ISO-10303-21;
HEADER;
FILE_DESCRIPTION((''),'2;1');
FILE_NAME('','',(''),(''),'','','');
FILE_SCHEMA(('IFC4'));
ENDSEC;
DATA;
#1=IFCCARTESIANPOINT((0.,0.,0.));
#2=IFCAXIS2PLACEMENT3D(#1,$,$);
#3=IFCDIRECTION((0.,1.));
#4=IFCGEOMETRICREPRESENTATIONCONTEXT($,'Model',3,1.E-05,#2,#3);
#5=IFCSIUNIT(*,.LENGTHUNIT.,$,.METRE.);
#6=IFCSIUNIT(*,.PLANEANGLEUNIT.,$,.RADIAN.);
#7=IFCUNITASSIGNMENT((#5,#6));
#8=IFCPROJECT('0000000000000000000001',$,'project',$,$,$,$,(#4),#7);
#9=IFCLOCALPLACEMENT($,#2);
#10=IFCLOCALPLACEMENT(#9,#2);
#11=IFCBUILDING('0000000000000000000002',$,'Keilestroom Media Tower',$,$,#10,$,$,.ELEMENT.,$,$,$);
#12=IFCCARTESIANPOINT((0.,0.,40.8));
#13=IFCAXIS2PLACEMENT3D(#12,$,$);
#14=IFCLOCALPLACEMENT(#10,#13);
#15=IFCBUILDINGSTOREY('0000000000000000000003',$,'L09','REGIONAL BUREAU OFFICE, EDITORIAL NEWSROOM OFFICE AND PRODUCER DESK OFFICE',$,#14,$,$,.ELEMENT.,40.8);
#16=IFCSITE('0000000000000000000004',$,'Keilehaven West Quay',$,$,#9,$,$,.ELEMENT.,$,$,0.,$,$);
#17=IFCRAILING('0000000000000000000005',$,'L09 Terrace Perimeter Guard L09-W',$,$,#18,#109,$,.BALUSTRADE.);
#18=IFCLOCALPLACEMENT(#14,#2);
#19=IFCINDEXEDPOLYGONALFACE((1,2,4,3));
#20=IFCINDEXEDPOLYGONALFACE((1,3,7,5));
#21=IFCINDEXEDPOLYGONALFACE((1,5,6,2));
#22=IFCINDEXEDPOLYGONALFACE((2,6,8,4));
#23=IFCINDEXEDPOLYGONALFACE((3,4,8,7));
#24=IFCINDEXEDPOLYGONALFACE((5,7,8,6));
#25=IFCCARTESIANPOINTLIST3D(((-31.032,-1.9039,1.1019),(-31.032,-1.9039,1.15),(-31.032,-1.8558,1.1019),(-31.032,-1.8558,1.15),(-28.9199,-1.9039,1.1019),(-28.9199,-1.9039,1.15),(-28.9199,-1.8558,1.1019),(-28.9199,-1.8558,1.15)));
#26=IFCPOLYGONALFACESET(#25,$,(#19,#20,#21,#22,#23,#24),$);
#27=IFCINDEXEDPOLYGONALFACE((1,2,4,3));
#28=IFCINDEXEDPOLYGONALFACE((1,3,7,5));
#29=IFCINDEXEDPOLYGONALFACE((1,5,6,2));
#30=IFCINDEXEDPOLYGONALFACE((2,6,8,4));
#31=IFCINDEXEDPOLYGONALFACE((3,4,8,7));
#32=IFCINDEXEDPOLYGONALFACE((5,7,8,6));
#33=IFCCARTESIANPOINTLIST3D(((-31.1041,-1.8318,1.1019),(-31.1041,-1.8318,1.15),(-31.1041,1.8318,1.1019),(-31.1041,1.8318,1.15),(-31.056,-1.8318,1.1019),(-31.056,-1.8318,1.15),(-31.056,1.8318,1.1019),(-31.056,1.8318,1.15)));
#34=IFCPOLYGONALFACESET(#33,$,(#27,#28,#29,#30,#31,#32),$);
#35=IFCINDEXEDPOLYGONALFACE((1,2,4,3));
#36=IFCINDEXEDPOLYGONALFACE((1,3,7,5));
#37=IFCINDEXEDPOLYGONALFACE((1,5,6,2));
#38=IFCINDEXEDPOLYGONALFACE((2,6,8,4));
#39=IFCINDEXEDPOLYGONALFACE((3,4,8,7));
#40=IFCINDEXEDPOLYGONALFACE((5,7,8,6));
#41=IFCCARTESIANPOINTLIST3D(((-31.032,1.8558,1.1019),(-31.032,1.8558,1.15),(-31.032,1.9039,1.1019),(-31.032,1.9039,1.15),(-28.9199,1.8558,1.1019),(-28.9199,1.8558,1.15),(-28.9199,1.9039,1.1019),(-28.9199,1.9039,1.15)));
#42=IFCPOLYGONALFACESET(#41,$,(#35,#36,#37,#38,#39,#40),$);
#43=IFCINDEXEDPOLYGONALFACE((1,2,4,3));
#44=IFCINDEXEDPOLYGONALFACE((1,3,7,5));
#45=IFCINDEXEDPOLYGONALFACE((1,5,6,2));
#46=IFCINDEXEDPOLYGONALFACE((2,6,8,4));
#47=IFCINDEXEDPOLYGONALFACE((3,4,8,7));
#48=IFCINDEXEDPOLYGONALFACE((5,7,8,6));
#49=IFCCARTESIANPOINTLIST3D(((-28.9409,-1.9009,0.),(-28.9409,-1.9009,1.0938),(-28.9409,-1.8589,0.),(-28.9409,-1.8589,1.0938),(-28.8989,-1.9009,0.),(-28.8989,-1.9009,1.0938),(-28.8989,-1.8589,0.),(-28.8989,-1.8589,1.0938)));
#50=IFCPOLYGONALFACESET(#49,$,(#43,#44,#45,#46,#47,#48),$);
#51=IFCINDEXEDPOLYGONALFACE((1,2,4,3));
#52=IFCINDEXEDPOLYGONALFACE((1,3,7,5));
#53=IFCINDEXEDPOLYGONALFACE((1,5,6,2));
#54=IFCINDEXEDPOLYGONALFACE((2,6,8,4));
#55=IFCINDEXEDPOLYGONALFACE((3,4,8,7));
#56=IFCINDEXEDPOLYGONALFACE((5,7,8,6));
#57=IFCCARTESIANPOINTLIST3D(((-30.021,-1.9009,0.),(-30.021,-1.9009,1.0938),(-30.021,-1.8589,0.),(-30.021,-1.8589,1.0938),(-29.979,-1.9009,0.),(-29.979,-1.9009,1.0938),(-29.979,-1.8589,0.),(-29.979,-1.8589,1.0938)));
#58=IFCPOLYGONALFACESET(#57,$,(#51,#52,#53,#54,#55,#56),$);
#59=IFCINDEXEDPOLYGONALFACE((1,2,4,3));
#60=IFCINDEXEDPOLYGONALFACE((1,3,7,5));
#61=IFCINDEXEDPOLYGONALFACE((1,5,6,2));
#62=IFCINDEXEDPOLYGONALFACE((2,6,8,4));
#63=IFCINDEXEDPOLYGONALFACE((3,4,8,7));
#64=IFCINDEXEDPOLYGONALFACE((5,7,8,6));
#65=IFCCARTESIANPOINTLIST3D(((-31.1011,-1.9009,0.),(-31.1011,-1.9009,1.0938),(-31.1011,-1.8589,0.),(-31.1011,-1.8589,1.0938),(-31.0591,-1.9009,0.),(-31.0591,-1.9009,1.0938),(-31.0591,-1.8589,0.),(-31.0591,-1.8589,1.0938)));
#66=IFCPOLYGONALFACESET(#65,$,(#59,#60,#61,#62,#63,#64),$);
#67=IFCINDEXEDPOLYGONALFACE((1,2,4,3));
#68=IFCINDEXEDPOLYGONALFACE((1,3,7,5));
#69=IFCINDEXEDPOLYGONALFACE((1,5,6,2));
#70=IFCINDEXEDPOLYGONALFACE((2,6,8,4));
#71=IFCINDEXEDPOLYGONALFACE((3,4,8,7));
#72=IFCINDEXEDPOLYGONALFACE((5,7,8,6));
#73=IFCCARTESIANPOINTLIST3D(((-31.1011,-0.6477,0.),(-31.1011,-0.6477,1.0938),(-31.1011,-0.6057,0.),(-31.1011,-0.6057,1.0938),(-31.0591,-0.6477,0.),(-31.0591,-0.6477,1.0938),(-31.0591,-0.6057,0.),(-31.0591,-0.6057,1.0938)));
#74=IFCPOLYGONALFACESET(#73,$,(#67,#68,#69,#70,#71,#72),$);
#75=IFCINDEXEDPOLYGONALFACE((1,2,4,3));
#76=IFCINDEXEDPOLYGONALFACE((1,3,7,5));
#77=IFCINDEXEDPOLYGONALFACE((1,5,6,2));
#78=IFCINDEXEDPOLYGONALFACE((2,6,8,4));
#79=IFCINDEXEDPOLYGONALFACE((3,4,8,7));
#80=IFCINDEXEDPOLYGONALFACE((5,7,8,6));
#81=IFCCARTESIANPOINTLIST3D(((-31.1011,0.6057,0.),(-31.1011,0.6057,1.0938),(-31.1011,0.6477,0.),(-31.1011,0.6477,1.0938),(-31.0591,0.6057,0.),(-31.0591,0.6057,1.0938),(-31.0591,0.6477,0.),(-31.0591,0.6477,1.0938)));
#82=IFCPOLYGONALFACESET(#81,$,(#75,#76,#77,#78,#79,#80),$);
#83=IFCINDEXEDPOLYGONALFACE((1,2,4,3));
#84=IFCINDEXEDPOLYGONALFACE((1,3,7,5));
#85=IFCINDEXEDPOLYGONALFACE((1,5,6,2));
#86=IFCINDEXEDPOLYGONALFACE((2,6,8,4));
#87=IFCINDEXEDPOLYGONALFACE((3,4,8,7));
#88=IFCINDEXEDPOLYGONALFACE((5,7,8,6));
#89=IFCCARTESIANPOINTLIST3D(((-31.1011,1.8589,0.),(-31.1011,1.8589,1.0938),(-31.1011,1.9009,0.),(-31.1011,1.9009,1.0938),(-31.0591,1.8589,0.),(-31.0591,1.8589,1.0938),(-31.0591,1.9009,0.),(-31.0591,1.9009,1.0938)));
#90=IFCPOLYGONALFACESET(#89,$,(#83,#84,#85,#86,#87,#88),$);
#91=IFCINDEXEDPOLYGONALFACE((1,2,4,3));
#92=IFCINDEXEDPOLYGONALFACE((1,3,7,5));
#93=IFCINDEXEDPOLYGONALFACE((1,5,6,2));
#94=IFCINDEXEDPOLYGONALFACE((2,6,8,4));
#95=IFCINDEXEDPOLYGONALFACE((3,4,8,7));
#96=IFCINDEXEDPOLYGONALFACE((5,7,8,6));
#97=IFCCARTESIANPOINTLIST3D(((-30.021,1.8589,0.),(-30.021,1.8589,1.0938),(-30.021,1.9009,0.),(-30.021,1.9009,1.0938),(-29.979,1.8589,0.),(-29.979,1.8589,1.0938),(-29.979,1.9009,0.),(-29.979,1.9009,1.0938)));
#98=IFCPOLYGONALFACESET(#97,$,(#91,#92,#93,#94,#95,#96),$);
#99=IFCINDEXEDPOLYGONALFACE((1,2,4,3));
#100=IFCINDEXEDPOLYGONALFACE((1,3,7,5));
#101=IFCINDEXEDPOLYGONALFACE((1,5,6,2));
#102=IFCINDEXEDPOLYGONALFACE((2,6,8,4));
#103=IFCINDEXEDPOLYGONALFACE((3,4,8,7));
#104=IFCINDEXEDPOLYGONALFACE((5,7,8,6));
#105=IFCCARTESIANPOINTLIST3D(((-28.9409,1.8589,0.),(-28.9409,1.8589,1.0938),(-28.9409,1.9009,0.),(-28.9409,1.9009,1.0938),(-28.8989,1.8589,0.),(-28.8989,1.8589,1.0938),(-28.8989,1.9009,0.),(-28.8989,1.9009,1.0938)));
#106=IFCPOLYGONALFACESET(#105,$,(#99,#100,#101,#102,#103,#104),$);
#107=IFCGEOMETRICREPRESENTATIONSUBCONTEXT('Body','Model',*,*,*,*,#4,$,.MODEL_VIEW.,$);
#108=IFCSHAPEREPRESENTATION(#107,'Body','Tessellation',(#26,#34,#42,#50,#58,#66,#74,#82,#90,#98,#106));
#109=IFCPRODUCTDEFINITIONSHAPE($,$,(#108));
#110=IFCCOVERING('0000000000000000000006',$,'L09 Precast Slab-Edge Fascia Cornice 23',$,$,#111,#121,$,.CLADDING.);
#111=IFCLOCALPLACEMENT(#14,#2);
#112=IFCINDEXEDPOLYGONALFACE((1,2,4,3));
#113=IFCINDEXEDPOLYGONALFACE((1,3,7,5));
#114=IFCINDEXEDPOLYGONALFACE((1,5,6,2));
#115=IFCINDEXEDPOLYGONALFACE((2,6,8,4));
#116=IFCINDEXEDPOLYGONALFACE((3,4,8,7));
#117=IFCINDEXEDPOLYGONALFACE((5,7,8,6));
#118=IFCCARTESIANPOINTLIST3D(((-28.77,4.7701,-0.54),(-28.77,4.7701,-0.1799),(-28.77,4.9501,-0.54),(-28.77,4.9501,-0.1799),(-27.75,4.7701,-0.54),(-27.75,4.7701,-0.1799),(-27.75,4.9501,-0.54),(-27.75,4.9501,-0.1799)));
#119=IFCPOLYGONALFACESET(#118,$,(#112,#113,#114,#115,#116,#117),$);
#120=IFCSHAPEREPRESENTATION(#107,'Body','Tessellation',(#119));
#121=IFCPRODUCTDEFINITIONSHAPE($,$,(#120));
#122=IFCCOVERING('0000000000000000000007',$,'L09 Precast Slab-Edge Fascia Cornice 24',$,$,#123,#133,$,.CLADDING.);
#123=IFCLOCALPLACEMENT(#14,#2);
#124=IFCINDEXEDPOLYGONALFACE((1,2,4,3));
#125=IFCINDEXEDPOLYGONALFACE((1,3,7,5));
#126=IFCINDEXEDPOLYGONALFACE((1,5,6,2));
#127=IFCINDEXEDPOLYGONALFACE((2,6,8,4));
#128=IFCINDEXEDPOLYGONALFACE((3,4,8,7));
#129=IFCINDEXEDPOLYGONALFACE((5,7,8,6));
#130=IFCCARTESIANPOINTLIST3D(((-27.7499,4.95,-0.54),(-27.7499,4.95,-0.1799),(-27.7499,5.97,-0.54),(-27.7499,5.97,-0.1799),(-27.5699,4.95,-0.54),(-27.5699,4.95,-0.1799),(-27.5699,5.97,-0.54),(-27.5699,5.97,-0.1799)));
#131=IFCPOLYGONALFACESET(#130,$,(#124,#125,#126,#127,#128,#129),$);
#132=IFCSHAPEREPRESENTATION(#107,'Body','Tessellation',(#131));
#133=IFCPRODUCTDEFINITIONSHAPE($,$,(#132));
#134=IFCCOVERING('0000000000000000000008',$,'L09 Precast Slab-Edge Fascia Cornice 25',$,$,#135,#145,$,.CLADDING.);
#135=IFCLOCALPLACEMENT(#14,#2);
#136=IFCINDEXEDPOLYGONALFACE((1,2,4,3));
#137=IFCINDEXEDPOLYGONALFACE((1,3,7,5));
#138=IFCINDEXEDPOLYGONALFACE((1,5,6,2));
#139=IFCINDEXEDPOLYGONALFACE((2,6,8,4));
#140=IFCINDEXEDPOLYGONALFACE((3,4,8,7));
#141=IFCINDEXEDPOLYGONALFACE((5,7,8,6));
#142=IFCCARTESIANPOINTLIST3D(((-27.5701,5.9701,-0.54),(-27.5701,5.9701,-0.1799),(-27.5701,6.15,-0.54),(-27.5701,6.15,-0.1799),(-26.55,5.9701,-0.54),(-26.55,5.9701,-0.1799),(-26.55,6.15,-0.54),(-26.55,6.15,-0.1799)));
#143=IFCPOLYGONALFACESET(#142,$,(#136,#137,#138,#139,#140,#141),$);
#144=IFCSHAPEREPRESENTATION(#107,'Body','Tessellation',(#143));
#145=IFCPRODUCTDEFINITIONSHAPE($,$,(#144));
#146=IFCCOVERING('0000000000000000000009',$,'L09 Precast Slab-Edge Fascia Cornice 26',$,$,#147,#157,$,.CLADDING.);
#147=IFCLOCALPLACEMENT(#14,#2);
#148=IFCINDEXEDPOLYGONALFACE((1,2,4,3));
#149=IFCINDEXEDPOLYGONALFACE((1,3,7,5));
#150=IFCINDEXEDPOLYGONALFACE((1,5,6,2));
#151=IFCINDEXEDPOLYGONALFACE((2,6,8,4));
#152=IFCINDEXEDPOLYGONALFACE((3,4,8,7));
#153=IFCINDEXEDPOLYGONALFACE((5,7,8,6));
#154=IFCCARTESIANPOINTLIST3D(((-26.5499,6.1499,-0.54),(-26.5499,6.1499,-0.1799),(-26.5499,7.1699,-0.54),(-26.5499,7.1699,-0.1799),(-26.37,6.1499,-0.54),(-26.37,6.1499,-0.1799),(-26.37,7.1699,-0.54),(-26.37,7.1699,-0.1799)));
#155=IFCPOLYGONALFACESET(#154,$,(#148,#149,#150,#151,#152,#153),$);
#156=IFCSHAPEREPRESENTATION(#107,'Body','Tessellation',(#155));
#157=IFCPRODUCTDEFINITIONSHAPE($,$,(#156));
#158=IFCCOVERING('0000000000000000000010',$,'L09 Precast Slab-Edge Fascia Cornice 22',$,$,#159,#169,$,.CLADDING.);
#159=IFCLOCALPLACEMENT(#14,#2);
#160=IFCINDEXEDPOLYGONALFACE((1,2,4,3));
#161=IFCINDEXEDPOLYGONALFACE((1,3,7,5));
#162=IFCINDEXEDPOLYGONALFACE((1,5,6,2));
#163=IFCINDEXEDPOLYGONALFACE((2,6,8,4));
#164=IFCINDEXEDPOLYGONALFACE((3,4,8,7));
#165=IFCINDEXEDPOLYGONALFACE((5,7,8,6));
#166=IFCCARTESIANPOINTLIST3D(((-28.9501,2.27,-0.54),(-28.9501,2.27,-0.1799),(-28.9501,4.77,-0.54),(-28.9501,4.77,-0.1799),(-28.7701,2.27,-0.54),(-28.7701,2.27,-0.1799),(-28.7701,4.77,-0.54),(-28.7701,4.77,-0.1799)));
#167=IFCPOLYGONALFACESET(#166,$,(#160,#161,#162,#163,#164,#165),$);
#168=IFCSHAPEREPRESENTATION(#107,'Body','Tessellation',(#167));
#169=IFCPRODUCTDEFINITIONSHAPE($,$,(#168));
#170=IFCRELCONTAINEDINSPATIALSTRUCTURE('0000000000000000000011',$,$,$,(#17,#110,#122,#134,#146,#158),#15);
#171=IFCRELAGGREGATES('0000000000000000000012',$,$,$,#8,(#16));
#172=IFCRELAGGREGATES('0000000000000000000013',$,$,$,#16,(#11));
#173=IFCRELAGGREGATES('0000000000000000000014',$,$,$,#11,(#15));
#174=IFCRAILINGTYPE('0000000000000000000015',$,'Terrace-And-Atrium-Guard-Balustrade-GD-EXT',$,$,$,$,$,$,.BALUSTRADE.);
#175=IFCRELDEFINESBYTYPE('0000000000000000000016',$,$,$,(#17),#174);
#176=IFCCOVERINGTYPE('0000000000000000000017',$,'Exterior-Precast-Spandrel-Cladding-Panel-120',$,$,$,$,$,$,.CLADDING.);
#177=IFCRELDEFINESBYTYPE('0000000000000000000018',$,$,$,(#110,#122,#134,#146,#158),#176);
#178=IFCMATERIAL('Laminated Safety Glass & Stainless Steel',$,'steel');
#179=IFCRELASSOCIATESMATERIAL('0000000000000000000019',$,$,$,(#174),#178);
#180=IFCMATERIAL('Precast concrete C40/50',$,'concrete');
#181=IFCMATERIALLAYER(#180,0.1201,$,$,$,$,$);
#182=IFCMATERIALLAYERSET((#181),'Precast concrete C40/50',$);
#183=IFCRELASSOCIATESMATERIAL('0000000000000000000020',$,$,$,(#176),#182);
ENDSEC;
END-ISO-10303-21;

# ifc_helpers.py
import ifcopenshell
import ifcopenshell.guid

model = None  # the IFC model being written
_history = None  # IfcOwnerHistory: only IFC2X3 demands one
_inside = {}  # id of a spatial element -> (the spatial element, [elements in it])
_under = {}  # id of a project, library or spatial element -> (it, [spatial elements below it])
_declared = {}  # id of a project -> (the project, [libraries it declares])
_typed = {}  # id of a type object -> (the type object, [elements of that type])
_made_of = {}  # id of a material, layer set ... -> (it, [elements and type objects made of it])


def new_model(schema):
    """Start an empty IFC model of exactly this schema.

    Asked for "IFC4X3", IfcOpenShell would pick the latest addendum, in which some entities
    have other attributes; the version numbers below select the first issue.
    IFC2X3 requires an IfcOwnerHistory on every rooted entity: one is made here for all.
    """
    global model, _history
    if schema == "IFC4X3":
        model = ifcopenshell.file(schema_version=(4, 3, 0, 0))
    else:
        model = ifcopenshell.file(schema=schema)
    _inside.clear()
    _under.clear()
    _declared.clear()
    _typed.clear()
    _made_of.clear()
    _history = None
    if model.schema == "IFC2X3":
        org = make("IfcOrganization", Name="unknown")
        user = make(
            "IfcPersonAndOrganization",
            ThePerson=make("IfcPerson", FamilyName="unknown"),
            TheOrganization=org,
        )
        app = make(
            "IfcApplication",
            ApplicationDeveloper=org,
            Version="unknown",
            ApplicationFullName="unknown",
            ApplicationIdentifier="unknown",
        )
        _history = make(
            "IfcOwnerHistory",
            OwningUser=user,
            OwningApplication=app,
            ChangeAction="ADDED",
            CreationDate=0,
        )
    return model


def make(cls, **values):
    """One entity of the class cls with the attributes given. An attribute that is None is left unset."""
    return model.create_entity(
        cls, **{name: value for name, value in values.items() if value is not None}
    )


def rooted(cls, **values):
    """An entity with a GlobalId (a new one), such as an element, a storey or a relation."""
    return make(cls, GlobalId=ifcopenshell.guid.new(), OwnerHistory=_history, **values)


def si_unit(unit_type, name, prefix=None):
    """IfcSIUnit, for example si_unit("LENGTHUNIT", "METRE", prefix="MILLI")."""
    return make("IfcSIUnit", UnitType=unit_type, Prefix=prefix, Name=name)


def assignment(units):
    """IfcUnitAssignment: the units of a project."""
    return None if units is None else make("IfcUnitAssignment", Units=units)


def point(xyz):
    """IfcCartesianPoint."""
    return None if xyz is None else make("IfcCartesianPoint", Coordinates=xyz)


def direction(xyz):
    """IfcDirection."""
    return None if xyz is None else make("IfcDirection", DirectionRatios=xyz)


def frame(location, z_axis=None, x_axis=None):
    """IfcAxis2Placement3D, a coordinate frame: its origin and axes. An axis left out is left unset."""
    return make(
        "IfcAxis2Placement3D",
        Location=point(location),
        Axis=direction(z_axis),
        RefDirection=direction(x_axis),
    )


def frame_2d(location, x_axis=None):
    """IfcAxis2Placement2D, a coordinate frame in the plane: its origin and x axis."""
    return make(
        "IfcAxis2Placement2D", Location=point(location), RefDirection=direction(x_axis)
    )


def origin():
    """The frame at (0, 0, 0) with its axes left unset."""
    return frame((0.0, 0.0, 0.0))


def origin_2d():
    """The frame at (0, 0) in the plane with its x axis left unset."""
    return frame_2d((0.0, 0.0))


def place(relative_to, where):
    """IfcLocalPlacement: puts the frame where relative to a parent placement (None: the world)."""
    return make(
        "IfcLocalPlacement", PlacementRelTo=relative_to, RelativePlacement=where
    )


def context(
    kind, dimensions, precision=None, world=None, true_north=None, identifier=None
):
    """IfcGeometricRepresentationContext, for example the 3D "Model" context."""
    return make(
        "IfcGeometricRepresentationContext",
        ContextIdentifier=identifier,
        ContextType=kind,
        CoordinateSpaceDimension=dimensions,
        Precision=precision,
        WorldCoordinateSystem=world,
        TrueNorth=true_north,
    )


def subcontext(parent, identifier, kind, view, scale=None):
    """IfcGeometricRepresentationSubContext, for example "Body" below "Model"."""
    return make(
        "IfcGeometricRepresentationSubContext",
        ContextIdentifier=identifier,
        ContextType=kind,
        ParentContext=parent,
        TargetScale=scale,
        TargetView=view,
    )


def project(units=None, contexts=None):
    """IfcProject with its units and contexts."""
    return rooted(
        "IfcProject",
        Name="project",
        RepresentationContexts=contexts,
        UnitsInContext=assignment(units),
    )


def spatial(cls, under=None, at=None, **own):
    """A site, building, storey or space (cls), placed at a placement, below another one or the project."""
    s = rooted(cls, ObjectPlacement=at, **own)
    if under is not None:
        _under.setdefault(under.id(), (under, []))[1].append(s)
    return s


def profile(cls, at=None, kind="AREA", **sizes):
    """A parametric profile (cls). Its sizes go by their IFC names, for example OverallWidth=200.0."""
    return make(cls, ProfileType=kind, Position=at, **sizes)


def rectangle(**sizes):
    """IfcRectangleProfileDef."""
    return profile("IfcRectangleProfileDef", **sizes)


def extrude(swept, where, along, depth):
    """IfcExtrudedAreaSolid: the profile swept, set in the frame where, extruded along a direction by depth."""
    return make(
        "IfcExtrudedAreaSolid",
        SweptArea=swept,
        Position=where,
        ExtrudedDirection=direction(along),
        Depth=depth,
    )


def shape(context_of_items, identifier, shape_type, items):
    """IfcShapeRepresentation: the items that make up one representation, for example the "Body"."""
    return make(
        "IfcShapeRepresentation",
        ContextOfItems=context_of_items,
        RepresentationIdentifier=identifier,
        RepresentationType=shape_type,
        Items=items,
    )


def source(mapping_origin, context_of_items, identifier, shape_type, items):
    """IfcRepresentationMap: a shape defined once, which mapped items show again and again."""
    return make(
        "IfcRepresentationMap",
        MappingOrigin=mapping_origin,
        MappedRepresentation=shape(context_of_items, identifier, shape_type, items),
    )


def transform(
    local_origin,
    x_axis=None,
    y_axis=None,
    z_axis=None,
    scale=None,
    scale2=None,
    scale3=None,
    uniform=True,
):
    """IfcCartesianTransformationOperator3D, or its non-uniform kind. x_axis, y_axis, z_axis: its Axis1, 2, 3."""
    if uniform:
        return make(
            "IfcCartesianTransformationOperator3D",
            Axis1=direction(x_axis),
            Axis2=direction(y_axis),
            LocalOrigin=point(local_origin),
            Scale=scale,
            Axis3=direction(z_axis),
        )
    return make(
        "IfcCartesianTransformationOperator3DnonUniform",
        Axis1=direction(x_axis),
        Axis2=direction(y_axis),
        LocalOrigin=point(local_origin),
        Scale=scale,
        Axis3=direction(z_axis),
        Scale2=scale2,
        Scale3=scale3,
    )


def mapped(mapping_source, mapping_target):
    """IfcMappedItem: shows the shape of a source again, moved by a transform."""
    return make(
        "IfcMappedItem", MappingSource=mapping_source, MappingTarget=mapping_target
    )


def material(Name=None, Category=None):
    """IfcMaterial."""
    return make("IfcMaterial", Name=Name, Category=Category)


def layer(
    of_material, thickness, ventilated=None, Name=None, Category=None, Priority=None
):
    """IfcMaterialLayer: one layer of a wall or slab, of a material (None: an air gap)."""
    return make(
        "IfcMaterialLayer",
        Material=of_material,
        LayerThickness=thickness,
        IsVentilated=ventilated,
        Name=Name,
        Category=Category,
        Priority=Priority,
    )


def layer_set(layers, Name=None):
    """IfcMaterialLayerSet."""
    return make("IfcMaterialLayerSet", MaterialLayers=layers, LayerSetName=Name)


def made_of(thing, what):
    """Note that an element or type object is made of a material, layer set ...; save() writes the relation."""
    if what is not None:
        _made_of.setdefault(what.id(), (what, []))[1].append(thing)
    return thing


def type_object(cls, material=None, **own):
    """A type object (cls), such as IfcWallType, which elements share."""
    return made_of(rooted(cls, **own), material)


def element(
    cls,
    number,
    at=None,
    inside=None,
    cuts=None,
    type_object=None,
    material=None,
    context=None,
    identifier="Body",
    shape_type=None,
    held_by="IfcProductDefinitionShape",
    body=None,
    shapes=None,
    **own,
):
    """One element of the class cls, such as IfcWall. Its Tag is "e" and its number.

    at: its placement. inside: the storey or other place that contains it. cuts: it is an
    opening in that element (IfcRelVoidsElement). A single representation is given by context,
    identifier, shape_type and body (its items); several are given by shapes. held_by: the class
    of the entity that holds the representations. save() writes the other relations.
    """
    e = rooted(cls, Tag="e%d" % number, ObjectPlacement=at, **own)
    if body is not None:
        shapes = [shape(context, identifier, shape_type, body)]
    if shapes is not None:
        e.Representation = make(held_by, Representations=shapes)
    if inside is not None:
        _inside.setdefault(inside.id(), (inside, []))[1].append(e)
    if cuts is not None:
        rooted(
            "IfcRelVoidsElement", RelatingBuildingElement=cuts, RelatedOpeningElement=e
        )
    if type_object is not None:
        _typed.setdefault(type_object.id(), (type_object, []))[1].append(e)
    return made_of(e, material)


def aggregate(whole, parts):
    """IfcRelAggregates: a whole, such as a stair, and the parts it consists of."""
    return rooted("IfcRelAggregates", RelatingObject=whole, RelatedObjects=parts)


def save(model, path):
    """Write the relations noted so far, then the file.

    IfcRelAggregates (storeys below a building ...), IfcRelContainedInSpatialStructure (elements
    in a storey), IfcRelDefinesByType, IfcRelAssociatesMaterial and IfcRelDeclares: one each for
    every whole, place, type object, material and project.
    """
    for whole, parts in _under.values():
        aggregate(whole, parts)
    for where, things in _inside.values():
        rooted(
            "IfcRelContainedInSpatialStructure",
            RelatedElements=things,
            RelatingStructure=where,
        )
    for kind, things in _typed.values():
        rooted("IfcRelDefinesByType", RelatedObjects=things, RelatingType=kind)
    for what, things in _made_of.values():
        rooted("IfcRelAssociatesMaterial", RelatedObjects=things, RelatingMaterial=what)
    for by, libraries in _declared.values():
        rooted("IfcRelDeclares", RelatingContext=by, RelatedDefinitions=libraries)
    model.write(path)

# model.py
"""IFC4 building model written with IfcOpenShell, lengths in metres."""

from ifc_helpers import new_model, si_unit, direction, frame, origin, origin_2d, place, context, subcontext, project, spatial, rectangle, extrude, source, transform, mapped, material, layer, layer_set, type_object, element, save


model = new_model("IFC4")

# Units and contexts
model_context = context("Model", 3, precision=1e-05, world=origin(), true_north=direction((0.0, 1.0)))
body_context = subcontext(model_context, "Body", "Model", "MODEL_VIEW")
ifc_project = project(units=[si_unit("LENGTHUNIT", "METRE"), si_unit("PLANEANGLEUNIT", "RADIAN")], contexts=[model_context])

# Site, building, storey
site_placement = place(None, origin())
site = spatial("IfcSite", under=ifc_project, at=site_placement, Name="Keilehaven West Quay", CompositionType="ELEMENT", RefElevation=0.0)
building_placement = place(site_placement, origin())
building = spatial("IfcBuilding", under=site, at=building_placement, Name="Keilestroom Media Tower", CompositionType="ELEMENT")
storey_placement = place(building_placement, frame((0.0, 0.0, 40.8)))
storey = spatial("IfcBuildingStorey", under=building, at=storey_placement, Name="L09", Description="REGIONAL BUREAU OFFICE, EDITORIAL NEWSROOM OFFICE AND PRODUCER DESK OFFICE", CompositionType="ELEMENT", Elevation=40.8)

# Shared definitions
ifc_material_1 = material(Name="Precast concrete C40/50", Category="concrete")

# Railing
ifc_material_2 = material(Name="Laminated Safety Glass & Stainless Steel", Category="steel")
railing_type = type_object("IfcRailingType", Name="Terrace-And-Atrium-Guard-Balustrade-GD-EXT", PredefinedType="BALUSTRADE", material=ifc_material_2)
railing_placement = place(storey_placement, frame((-28.9199, -1.8799, 0.0)))
element("IfcRailing", 1, at=railing_placement, inside=storey, type_object=railing_type, Name="L09 Terrace Perimeter Guard L09-W", PredefinedType="BALUSTRADE", context=body_context, shape_type="SweptSolid", body=[
    extrude(rectangle(XDim=0.0481, YDim=0.0481, at=origin_2d()), frame((0.0, 0.0, 1.126), z_axis=(-1.0, 0.0, 0.0), x_axis=(0.0, -1.0, 0.0)), (0.0, 0.0, 1.0), 2.1121),
    extrude(rectangle(XDim=0.0481, YDim=0.0481, at=origin_2d()), frame((-2.1602, 0.0481, 1.126), z_axis=(0.0, 1.0, 0.0), x_axis=(-1.0, 0.0, 0.0)), (0.0, 0.0, 1.0), 3.6636),
    extrude(rectangle(XDim=0.0481, YDim=0.0481, at=origin_2d()), frame((-2.1121, 3.7598, 1.126), z_axis=(1.0, 0.0, 0.0), x_axis=(0.0, 1.0, 0.0)), (0.0, 0.0, 1.0), 2.1121),
    extrude(rectangle(XDim=0.042, YDim=0.042, at=origin_2d()), origin(), (0.0, 0.0, 1.0), 1.0938),
    extrude(rectangle(XDim=0.042, YDim=0.042, at=origin_2d()), frame((-1.0801, 0.0, 0.0)), (0.0, 0.0, 1.0), 1.0938),
    extrude(rectangle(XDim=0.042, YDim=0.042, at=origin_2d()), frame((-2.1602, 0.0, 0.0)), (0.0, 0.0, 1.0), 1.0938),
    extrude(rectangle(XDim=0.042, YDim=0.042, at=origin_2d()), frame((-2.1602, 1.2532, 0.0)), (0.0, 0.0, 1.0), 1.0938),
    extrude(rectangle(XDim=0.042, YDim=0.042, at=origin_2d()), frame((-2.1602, 2.5066, 0.0)), (0.0, 0.0, 1.0), 1.0938),
    extrude(rectangle(XDim=0.042, YDim=0.042, at=origin_2d()), frame((-2.1602, 3.7598, 0.0)), (0.0, 0.0, 1.0), 1.0938),
    extrude(rectangle(XDim=0.042, YDim=0.042, at=origin_2d()), frame((-1.0801, 3.7598, 0.0)), (0.0, 0.0, 1.0), 1.0938),
    extrude(rectangle(XDim=0.042, YDim=0.042, at=origin_2d()), frame((0.0, 3.7598, 0.0)), (0.0, 0.0, 1.0), 1.0938),
])

# Coverings
ifc_layer_1 = layer(ifc_material_1, 0.1201)
ifc_layer_set_1 = layer_set([ifc_layer_1], Name="Precast concrete C40/50")
covering_type = type_object("IfcCoveringType", Name="Exterior-Precast-Spandrel-Cladding-Panel-120", PredefinedType="CLADDING", material=ifc_layer_set_1)
shared_shape_1 = source(origin(), body_context, "Body", "SweptSolid", [
    extrude(rectangle(XDim=1.02, YDim=0.1799, at=origin_2d()), origin(), (0.0, 0.0, 1.0), 0.3601),
])
for number, where, z_axis, x_axis, name in (
    (2, (-28.26, 4.8601, -0.54), (0.0, 0.0, 1.0), (1.0, 0.0, 0.0), "L09 Precast Slab-Edge Fascia Cornice 23"),
    (3, (-27.6599, 5.46, -0.54), (0.0, 0.0, 1.0), (0.0, 1.0, 0.0), "L09 Precast Slab-Edge Fascia Cornice 24"),
    (4, (-27.0601, 6.0601, -0.54), (0.0, 0.0, 1.0), (1.0, 0.0, 0.0), "L09 Precast Slab-Edge Fascia Cornice 25"),
    (5, (-26.46, 6.6599, -0.54), (0.0, 0.0, 1.0), (0.0, 1.0, 0.0), "L09 Precast Slab-Edge Fascia Cornice 26"),
):
    element("IfcCovering", number, at=place(storey_placement, frame(where, z_axis=z_axis, x_axis=x_axis)), inside=storey, type_object=covering_type, Name=name, PredefinedType="CLADDING", context=body_context, shape_type="MappedRepresentation", body=[
        mapped(shared_shape_1, transform((0.0, 0.0, 0.0), x_axis=(1.0, 0.0, 0.0), y_axis=(0.0, 1.0, 0.0), z_axis=(0.0, 0.0, 1.0), scale=1.0)),
    ])
shared_shape_2 = source(origin(), body_context, "Body", "SweptSolid", [
    extrude(rectangle(XDim=2.5, YDim=0.1799, at=origin_2d()), origin(), (0.0, 0.0, 1.0), 0.3601),
])
covering_placement = place(storey_placement, frame((-28.8601, 3.52, -0.54), z_axis=(0.0, 0.0, 1.0), x_axis=(0.0, 1.0, 0.0)))
element("IfcCovering", 6, at=covering_placement, inside=storey, type_object=covering_type, Name="L09 Precast Slab-Edge Fascia Cornice 22", PredefinedType="CLADDING", context=body_context, shape_type="MappedRepresentation", body=[
    mapped(shared_shape_2, transform((0.0, 0.0, 0.0), x_axis=(1.0, 0.0, 0.0), y_axis=(0.0, 1.0, 0.0), z_axis=(0.0, 0.0, 1.0), scale=1.0)),
])

save(model, "model.ifc")
